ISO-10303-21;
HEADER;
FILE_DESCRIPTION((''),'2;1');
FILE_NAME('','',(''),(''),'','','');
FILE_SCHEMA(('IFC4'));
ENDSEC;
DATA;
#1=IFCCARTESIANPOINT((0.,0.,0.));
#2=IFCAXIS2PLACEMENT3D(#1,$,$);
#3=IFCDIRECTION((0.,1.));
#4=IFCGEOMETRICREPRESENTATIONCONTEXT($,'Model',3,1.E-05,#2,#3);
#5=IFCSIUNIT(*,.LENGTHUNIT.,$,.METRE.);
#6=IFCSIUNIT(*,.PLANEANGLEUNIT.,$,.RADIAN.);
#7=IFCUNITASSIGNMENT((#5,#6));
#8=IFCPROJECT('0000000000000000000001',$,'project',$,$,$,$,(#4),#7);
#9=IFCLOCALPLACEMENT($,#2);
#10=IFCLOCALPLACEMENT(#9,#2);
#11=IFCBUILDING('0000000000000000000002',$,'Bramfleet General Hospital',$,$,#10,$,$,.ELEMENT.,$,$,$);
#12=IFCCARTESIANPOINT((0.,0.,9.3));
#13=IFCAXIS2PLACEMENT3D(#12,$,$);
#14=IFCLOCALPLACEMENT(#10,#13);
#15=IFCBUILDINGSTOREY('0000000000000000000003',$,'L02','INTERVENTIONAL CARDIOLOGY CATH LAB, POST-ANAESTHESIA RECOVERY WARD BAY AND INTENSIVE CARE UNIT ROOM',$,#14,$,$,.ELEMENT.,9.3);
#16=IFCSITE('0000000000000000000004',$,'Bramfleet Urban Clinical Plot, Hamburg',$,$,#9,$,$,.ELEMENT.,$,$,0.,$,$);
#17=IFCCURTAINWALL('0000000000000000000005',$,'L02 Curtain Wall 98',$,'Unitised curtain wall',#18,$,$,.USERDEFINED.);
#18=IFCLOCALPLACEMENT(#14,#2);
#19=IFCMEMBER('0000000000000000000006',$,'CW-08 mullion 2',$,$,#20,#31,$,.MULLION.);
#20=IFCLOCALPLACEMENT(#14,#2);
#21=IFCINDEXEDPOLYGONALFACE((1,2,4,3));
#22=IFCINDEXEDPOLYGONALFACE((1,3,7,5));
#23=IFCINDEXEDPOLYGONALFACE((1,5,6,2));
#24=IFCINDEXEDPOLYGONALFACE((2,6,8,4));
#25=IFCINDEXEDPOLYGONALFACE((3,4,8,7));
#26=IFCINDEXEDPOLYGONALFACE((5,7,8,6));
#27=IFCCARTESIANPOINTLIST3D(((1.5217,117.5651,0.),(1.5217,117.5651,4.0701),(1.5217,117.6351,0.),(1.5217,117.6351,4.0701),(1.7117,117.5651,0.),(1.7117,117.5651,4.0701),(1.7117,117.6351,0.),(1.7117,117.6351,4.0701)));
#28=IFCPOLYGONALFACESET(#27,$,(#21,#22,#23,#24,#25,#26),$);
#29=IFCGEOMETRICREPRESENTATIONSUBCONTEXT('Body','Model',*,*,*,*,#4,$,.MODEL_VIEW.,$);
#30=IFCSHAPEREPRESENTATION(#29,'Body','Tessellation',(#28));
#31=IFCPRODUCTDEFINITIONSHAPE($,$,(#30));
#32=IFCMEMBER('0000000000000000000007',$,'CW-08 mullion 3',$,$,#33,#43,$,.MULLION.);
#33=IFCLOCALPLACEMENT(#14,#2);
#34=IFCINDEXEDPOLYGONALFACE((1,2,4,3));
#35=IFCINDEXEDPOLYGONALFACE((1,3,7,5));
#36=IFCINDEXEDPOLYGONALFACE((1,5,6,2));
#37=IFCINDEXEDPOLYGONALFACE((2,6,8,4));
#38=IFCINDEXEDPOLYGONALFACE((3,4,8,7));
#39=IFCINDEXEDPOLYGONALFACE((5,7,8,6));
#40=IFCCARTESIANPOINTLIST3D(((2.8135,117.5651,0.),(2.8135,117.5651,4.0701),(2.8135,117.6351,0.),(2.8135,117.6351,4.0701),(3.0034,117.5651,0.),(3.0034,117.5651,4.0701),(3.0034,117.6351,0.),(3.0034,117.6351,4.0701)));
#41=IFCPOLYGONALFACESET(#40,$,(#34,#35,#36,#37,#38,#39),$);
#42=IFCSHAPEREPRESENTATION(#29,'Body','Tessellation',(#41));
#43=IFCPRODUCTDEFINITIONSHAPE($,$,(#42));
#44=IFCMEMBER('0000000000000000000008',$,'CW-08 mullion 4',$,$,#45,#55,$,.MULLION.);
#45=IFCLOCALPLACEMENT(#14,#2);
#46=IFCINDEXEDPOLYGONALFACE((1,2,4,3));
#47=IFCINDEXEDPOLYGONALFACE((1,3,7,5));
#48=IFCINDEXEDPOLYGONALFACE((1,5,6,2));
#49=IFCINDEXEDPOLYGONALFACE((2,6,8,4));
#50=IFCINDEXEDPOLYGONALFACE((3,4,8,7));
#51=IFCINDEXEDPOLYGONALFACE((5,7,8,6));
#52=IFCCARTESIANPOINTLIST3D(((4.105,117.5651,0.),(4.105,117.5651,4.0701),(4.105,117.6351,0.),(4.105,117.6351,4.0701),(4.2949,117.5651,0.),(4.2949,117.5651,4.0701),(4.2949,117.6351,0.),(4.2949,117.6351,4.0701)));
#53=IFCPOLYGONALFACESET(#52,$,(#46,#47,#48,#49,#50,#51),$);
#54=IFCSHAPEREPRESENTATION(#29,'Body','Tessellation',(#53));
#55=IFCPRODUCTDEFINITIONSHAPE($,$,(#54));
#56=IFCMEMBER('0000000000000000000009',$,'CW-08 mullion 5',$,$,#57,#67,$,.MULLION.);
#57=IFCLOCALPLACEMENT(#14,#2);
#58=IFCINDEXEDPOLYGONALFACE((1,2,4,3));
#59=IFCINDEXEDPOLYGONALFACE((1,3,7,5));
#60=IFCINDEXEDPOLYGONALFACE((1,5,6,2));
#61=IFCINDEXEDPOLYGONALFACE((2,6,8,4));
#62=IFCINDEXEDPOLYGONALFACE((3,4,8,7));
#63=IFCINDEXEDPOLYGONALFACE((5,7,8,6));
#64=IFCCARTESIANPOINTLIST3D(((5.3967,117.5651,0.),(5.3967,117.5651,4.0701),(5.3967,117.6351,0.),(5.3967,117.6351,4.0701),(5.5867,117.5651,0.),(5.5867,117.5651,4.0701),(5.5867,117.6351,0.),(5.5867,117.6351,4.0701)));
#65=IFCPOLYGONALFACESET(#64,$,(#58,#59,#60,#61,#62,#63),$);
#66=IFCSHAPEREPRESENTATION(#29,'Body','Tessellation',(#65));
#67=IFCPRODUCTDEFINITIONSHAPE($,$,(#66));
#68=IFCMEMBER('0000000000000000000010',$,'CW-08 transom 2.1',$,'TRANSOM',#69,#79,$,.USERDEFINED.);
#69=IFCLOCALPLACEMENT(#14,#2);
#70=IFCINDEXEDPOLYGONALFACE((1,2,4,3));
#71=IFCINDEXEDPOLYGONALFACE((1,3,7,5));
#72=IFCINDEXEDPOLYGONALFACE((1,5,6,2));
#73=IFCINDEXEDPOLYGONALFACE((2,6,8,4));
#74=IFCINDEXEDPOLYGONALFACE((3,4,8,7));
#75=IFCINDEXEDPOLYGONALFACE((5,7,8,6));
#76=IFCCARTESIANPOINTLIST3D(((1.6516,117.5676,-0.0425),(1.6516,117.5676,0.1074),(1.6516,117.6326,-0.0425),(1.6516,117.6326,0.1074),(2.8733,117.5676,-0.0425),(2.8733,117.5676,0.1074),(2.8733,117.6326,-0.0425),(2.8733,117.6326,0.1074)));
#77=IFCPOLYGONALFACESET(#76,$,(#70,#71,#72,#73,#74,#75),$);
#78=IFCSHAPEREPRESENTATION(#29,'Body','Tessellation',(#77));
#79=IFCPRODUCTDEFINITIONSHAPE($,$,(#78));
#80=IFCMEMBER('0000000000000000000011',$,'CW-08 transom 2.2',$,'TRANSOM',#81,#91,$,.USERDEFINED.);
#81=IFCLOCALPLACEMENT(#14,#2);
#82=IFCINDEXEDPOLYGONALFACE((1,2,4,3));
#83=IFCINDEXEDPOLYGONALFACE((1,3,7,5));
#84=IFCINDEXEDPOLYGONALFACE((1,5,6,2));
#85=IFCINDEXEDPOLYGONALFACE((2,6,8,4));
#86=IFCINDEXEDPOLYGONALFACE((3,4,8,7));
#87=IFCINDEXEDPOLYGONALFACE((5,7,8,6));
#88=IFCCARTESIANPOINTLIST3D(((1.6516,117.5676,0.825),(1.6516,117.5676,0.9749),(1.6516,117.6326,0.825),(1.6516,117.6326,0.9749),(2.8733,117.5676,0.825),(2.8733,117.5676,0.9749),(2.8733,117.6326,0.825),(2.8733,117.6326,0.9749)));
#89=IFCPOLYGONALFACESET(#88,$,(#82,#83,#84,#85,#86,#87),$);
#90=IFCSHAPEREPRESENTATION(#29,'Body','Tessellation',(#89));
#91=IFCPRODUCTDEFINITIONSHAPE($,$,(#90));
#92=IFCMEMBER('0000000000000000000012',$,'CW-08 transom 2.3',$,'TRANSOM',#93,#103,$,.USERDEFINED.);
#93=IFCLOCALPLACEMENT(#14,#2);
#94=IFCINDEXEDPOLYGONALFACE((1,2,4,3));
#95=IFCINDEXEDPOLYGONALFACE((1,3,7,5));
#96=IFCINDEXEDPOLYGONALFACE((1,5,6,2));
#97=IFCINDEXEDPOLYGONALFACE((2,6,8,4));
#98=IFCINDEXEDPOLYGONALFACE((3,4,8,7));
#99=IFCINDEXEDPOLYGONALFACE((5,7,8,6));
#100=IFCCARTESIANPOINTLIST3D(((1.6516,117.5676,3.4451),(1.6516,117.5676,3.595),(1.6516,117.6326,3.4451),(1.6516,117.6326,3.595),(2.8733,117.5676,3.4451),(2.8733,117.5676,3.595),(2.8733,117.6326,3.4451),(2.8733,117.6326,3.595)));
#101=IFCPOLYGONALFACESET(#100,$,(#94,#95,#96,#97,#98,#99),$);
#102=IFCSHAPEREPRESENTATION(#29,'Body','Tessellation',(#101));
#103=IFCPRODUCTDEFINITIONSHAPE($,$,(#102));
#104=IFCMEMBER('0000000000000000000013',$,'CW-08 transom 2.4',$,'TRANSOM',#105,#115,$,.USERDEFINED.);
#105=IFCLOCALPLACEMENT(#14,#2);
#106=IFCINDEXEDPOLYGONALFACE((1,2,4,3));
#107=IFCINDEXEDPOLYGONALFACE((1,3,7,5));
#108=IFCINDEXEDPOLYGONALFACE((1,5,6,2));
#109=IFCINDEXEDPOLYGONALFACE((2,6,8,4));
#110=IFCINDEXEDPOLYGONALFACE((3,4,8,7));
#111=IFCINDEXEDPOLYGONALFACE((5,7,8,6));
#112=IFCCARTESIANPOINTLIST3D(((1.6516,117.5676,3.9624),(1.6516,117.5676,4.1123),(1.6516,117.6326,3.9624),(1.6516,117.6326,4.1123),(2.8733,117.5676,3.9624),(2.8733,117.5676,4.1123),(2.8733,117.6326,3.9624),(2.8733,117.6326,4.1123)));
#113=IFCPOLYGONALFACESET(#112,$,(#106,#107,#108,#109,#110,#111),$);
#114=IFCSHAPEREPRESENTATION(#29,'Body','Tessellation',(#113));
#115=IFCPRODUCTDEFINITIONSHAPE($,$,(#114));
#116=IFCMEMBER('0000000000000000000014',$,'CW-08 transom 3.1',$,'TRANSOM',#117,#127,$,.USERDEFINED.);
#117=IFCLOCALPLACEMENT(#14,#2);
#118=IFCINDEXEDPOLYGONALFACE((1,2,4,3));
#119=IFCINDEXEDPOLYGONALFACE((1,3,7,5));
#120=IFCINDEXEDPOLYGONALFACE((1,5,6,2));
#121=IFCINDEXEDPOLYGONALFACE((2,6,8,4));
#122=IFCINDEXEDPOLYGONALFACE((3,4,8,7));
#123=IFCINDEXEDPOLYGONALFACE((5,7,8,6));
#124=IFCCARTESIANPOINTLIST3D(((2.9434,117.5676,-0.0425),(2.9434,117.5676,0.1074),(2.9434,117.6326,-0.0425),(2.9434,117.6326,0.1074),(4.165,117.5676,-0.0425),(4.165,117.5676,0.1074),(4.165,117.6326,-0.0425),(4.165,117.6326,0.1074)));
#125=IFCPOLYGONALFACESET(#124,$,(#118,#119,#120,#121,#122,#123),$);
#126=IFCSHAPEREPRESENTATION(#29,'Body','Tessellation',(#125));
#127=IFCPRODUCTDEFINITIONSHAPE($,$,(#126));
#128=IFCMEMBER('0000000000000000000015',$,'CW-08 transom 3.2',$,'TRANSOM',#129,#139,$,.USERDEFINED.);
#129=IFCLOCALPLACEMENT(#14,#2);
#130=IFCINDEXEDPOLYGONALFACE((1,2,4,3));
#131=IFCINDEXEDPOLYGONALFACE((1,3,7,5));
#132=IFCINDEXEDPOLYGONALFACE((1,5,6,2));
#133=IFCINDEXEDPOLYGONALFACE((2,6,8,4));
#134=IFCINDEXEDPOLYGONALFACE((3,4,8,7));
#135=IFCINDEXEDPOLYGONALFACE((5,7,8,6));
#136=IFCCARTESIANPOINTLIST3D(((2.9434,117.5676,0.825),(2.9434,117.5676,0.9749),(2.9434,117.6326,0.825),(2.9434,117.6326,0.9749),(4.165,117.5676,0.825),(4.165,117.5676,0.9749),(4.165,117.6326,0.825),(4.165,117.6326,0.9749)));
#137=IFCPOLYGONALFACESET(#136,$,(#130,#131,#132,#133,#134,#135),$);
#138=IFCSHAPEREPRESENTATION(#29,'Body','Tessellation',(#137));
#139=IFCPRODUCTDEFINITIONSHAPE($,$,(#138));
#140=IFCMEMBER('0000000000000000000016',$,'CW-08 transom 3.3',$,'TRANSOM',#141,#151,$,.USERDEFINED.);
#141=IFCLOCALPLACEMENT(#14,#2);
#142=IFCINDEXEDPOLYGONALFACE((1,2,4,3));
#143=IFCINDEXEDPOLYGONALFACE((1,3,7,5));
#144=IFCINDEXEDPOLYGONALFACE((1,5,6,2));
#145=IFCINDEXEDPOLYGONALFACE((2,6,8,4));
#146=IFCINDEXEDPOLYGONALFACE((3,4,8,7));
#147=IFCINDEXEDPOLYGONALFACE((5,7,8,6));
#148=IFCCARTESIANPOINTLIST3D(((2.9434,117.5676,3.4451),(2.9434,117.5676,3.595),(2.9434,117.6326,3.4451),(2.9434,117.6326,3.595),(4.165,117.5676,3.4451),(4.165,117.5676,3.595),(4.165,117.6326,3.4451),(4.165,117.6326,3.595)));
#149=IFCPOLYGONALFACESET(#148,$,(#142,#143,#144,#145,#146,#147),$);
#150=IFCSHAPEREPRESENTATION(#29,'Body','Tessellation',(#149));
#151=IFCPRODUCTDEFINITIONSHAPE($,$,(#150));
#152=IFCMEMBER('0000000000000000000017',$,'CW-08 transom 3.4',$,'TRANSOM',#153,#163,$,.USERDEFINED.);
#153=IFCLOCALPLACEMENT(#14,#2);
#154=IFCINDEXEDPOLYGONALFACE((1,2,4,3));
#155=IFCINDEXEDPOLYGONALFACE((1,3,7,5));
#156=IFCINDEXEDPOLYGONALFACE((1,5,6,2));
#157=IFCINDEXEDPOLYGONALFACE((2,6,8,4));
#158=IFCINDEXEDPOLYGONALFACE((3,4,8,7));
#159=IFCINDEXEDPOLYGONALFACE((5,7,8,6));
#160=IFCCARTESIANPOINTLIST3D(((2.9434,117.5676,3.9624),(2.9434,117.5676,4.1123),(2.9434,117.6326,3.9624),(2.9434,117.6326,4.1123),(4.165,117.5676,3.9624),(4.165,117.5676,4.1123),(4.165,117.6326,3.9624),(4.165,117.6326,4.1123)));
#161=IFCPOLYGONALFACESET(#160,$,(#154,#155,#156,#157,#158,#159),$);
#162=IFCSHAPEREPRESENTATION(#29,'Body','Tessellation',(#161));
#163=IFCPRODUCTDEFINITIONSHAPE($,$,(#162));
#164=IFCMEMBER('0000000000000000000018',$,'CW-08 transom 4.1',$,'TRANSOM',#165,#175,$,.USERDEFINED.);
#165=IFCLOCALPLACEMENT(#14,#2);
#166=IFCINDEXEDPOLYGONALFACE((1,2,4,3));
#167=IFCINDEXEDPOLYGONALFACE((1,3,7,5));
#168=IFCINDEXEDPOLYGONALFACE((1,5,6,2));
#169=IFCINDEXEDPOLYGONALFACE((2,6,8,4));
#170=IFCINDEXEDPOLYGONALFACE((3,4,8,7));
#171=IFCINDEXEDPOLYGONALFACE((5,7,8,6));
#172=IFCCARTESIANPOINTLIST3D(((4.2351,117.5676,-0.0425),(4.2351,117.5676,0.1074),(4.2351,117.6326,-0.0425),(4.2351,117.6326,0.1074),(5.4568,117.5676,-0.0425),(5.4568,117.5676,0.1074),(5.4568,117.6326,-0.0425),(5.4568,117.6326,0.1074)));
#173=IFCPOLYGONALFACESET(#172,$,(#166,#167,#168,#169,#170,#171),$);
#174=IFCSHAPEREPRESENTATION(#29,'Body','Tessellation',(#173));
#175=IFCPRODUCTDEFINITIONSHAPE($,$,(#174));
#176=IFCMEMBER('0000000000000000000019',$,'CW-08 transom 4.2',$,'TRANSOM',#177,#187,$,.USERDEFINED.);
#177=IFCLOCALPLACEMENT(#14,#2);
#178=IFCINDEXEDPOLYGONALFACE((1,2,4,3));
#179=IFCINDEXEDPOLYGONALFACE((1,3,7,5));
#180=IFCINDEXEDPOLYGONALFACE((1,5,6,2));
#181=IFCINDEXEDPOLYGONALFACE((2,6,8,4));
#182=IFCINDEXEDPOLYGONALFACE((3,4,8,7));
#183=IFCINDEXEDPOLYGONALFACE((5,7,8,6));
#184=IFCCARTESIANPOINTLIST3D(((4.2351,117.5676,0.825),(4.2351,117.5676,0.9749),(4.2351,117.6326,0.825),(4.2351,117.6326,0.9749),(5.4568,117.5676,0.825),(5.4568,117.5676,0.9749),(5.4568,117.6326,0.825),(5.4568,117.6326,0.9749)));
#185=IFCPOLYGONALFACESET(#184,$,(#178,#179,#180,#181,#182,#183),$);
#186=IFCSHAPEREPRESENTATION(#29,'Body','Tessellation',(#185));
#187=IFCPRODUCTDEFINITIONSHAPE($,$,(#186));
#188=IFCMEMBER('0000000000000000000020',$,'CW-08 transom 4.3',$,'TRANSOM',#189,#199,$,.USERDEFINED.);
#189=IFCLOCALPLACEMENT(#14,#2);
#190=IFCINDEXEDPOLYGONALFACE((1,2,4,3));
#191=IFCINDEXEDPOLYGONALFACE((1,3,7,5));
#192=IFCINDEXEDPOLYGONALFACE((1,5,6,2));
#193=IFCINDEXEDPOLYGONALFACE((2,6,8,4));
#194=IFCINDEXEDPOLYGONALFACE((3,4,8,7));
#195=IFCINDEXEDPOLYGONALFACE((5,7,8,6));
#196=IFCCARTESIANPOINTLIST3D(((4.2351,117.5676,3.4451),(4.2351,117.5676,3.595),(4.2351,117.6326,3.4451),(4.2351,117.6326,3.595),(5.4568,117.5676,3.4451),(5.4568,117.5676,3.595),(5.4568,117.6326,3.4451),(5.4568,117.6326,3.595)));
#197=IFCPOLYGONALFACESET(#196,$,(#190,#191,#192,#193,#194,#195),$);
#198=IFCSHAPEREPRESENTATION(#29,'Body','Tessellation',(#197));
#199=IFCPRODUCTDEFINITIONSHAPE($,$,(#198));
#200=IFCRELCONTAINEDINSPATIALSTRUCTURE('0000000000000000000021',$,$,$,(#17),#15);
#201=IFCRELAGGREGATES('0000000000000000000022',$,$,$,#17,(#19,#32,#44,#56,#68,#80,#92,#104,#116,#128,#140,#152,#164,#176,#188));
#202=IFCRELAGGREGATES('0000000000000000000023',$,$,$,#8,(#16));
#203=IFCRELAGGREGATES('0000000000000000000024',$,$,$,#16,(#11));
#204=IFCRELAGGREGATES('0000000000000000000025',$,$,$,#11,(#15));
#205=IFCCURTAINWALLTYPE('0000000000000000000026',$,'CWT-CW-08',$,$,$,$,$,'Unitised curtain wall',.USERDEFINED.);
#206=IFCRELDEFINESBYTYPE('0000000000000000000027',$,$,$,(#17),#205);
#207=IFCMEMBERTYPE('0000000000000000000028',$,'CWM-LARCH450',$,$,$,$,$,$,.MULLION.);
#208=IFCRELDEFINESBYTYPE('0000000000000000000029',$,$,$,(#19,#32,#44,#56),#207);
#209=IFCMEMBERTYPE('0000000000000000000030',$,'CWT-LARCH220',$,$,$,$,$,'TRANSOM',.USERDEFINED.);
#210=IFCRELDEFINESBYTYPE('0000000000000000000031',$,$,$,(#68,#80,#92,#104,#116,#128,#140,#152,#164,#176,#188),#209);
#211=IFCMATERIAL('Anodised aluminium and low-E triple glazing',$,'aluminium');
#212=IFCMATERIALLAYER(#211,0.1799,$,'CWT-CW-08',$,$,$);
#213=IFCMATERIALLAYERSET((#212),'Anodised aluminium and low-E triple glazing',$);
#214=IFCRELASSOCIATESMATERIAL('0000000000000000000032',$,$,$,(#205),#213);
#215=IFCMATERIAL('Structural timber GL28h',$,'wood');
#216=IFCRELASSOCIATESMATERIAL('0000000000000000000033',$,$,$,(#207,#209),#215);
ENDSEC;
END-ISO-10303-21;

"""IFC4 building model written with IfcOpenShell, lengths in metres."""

from ifc_helpers import new_model, si_unit, direction, frame, origin, origin_2d, place, context, subcontext, project, spatial, rectangle, extrude, material, layer, layer_set, material_profile, profile_set, type_object, element, aggregate, save


model = new_model("IFC4")

# Units and contexts
model_context = context("Model", 3, precision=1e-05, world=origin(), true_north=direction((0.0, 1.0)))
body_context = subcontext(model_context, "Body", "Model", "MODEL_VIEW")
ifc_project = project(units=[si_unit("LENGTHUNIT", "METRE"), si_unit("PLANEANGLEUNIT", "RADIAN")], contexts=[model_context])

# Site, building, storey
site_placement = place(None, origin())
site = spatial("IfcSite", under=ifc_project, at=site_placement, Name="Bramfleet Urban Clinical Plot, Hamburg", CompositionType="ELEMENT", RefElevation=0.0)
building_placement = place(site_placement, origin())
building = spatial("IfcBuilding", under=site, at=building_placement, Name="Bramfleet General Hospital", CompositionType="ELEMENT")
storey_placement = place(building_placement, frame((0.0, 0.0, 9.3)))
storey = spatial("IfcBuildingStorey", under=building, at=storey_placement, Name="L02", Description="INTERVENTIONAL CARDIOLOGY CATH LAB, POST-ANAESTHESIA RECOVERY WARD BAY AND INTENSIVE CARE UNIT ROOM", CompositionType="ELEMENT", Elevation=9.3)

# Curtain wall, members
ifc_material_1 = material(Name="Anodised aluminium and low-E triple glazing", Category="aluminium")
ifc_layer_1 = layer(ifc_material_1, 0.1799, Name="CWT-CW-08")
ifc_layer_set_1 = layer_set([ifc_layer_1], Name="Anodised aluminium and low-E triple glazing")
curtain_wall_type = type_object("IfcCurtainWallType", Name="CWT-CW-08", ElementType="Unitised curtain wall", PredefinedType="USERDEFINED", material=ifc_layer_set_1)
curtain_wall_placement = place(storey_placement, origin())
curtain_wall = element("IfcCurtainWall", 1, at=curtain_wall_placement, inside=storey, type_object=curtain_wall_type, Name="L02 Curtain Wall 98", ObjectType="Unitised curtain wall", PredefinedType="USERDEFINED")
ifc_material_2 = material(Name="Structural timber GL28h", Category="wood")
ifc_material_profile_1 = material_profile(ifc_material_2, rectangle(XDim=0.0701, YDim=0.1899, at=origin_2d()), Name="LARCH 190x70")
ifc_profile_set_1 = profile_set([ifc_material_profile_1], Name="Structural timber GL28h")
member_type_1 = type_object("IfcMemberType", Name="CWM-LARCH450", PredefinedType="MULLION", material=ifc_profile_set_1)
member_1_placement = place(storey_placement, frame((1.6167, 117.6001, 0.0), z_axis=(0.0, 0.0, 1.0), x_axis=(0.0, 1.0, 0.0)))
member_1 = element("IfcMember", 2, at=member_1_placement, type_object=member_type_1, Name="CW-08 mullion 2", PredefinedType="MULLION", context=body_context, shape_type="SweptSolid", body=[
    extrude(rectangle(XDim=0.0701, YDim=0.1899, at=origin_2d()), origin(), (0.0, 0.0, 1.0), 4.0701),
])
member_2_placement = place(storey_placement, frame((2.9084, 117.6001, 0.0), z_axis=(0.0, 0.0, 1.0), x_axis=(0.0, 1.0, 0.0)))
member_2 = element("IfcMember", 3, at=member_2_placement, type_object=member_type_1, Name="CW-08 mullion 3", PredefinedType="MULLION", context=body_context, shape_type="SweptSolid", body=[
    extrude(rectangle(XDim=0.0701, YDim=0.1899, at=origin_2d()), origin(), (0.0, 0.0, 1.0), 4.0701),
])
member_3_placement = place(storey_placement, frame((4.2, 117.6001, 0.0), z_axis=(0.0, 0.0, 1.0), x_axis=(0.0, 1.0, 0.0)))
member_3 = element("IfcMember", 4, at=member_3_placement, type_object=member_type_1, Name="CW-08 mullion 4", PredefinedType="MULLION", context=body_context, shape_type="SweptSolid", body=[
    extrude(rectangle(XDim=0.0701, YDim=0.1899, at=origin_2d()), origin(), (0.0, 0.0, 1.0), 4.0701),
])
member_4_placement = place(storey_placement, frame((5.4917, 117.6001, 0.0), z_axis=(0.0, 0.0, 1.0), x_axis=(0.0, 1.0, 0.0)))
member_4 = element("IfcMember", 5, at=member_4_placement, type_object=member_type_1, Name="CW-08 mullion 5", PredefinedType="MULLION", context=body_context, shape_type="SweptSolid", body=[
    extrude(rectangle(XDim=0.0701, YDim=0.1899, at=origin_2d()), origin(), (0.0, 0.0, 1.0), 4.0701),
])
ifc_material_profile_2 = material_profile(ifc_material_2, rectangle(XDim=0.0649, YDim=0.1499, at=origin_2d()), Name="LARCH 150x65")
ifc_profile_set_2 = profile_set([ifc_material_profile_2], Name="Structural timber GL28h")
member_type_2 = type_object("IfcMemberType", Name="CWT-LARCH220", ElementType="TRANSOM", PredefinedType="USERDEFINED", material=ifc_profile_set_2)
member_5_placement = place(storey_placement, frame((1.6516, 117.6001, 0.0325), z_axis=(1.0, 0.0, 0.0), x_axis=(0.0, 1.0, 0.0)))
member_5 = element("IfcMember", 6, at=member_5_placement, type_object=member_type_2, Name="CW-08 transom 2.1", ObjectType="TRANSOM", PredefinedType="USERDEFINED", context=body_context, shape_type="SweptSolid", body=[
    extrude(rectangle(XDim=0.0649, YDim=0.1499, at=origin_2d()), origin(), (0.0, 0.0, 1.0), 1.2217),
])
member_6_placement = place(storey_placement, frame((1.6516, 117.6001, 0.8999), z_axis=(1.0, 0.0, 0.0), x_axis=(0.0, 1.0, 0.0)))
member_6 = element("IfcMember", 7, at=member_6_placement, type_object=member_type_2, Name="CW-08 transom 2.2", ObjectType="TRANSOM", PredefinedType="USERDEFINED", context=body_context, shape_type="SweptSolid", body=[
    extrude(rectangle(XDim=0.0649, YDim=0.1499, at=origin_2d()), origin(), (0.0, 0.0, 1.0), 1.2217),
])
member_7_placement = place(storey_placement, frame((1.6516, 117.6001, 3.52), z_axis=(1.0, 0.0, 0.0), x_axis=(0.0, 1.0, 0.0)))
member_7 = element("IfcMember", 8, at=member_7_placement, type_object=member_type_2, Name="CW-08 transom 2.3", ObjectType="TRANSOM", PredefinedType="USERDEFINED", context=body_context, shape_type="SweptSolid", body=[
    extrude(rectangle(XDim=0.0649, YDim=0.1499, at=origin_2d()), origin(), (0.0, 0.0, 1.0), 1.2217),
])
member_8_placement = place(storey_placement, frame((1.6516, 117.6001, 4.0374), z_axis=(1.0, 0.0, 0.0), x_axis=(0.0, 1.0, 0.0)))
member_8 = element("IfcMember", 9, at=member_8_placement, type_object=member_type_2, Name="CW-08 transom 2.4", ObjectType="TRANSOM", PredefinedType="USERDEFINED", context=body_context, shape_type="SweptSolid", body=[
    extrude(rectangle(XDim=0.0649, YDim=0.1499, at=origin_2d()), origin(), (0.0, 0.0, 1.0), 1.2217),
])
member_9_placement = place(storey_placement, frame((2.9434, 117.6001, 0.0325), z_axis=(1.0, 0.0, 0.0), x_axis=(0.0, 1.0, 0.0)))
member_9 = element("IfcMember", 10, at=member_9_placement, type_object=member_type_2, Name="CW-08 transom 3.1", ObjectType="TRANSOM", PredefinedType="USERDEFINED", context=body_context, shape_type="SweptSolid", body=[
    extrude(rectangle(XDim=0.0649, YDim=0.1499, at=origin_2d()), origin(), (0.0, 0.0, 1.0), 1.2217),
])
member_10_placement = place(storey_placement, frame((2.9434, 117.6001, 0.8999), z_axis=(1.0, 0.0, 0.0), x_axis=(0.0, 1.0, 0.0)))
member_10 = element("IfcMember", 11, at=member_10_placement, type_object=member_type_2, Name="CW-08 transom 3.2", ObjectType="TRANSOM", PredefinedType="USERDEFINED", context=body_context, shape_type="SweptSolid", body=[
    extrude(rectangle(XDim=0.0649, YDim=0.1499, at=origin_2d()), origin(), (0.0, 0.0, 1.0), 1.2217),
])
member_11_placement = place(storey_placement, frame((2.9434, 117.6001, 3.52), z_axis=(1.0, 0.0, 0.0), x_axis=(0.0, 1.0, 0.0)))
member_11 = element("IfcMember", 12, at=member_11_placement, type_object=member_type_2, Name="CW-08 transom 3.3", ObjectType="TRANSOM", PredefinedType="USERDEFINED", context=body_context, shape_type="SweptSolid", body=[
    extrude(rectangle(XDim=0.0649, YDim=0.1499, at=origin_2d()), origin(), (0.0, 0.0, 1.0), 1.2217),
])
member_12_placement = place(storey_placement, frame((2.9434, 117.6001, 4.0374), z_axis=(1.0, 0.0, 0.0), x_axis=(0.0, 1.0, 0.0)))
member_12 = element("IfcMember", 13, at=member_12_placement, type_object=member_type_2, Name="CW-08 transom 3.4", ObjectType="TRANSOM", PredefinedType="USERDEFINED", context=body_context, shape_type="SweptSolid", body=[
    extrude(rectangle(XDim=0.0649, YDim=0.1499, at=origin_2d()), origin(), (0.0, 0.0, 1.0), 1.2217),
])
member_13_placement = place(storey_placement, frame((4.2351, 117.6001, 0.0325), z_axis=(1.0, 0.0, 0.0), x_axis=(0.0, 1.0, 0.0)))
member_13 = element("IfcMember", 14, at=member_13_placement, type_object=member_type_2, Name="CW-08 transom 4.1", ObjectType="TRANSOM", PredefinedType="USERDEFINED", context=body_context, shape_type="SweptSolid", body=[
    extrude(rectangle(XDim=0.0649, YDim=0.1499, at=origin_2d()), origin(), (0.0, 0.0, 1.0), 1.2217),
])
member_14_placement = place(storey_placement, frame((4.2351, 117.6001, 0.8999), z_axis=(1.0, 0.0, 0.0), x_axis=(0.0, 1.0, 0.0)))
member_14 = element("IfcMember", 15, at=member_14_placement, type_object=member_type_2, Name="CW-08 transom 4.2", ObjectType="TRANSOM", PredefinedType="USERDEFINED", context=body_context, shape_type="SweptSolid", body=[
    extrude(rectangle(XDim=0.0649, YDim=0.1499, at=origin_2d()), origin(), (0.0, 0.0, 1.0), 1.2217),
])
member_15_placement = place(storey_placement, frame((4.2351, 117.6001, 3.52), z_axis=(1.0, 0.0, 0.0), x_axis=(0.0, 1.0, 0.0)))
member_15 = element("IfcMember", 16, at=member_15_placement, type_object=member_type_2, Name="CW-08 transom 4.3", ObjectType="TRANSOM", PredefinedType="USERDEFINED", context=body_context, shape_type="SweptSolid", body=[
    extrude(rectangle(XDim=0.0649, YDim=0.1499, at=origin_2d()), origin(), (0.0, 0.0, 1.0), 1.2217),
])
aggregate(curtain_wall, [member_1, member_2, member_3, member_4, member_5, member_6, member_7, member_8, member_9, member_10, member_11, member_12, member_13, member_14, member_15])

save(model, "model.ifc")
